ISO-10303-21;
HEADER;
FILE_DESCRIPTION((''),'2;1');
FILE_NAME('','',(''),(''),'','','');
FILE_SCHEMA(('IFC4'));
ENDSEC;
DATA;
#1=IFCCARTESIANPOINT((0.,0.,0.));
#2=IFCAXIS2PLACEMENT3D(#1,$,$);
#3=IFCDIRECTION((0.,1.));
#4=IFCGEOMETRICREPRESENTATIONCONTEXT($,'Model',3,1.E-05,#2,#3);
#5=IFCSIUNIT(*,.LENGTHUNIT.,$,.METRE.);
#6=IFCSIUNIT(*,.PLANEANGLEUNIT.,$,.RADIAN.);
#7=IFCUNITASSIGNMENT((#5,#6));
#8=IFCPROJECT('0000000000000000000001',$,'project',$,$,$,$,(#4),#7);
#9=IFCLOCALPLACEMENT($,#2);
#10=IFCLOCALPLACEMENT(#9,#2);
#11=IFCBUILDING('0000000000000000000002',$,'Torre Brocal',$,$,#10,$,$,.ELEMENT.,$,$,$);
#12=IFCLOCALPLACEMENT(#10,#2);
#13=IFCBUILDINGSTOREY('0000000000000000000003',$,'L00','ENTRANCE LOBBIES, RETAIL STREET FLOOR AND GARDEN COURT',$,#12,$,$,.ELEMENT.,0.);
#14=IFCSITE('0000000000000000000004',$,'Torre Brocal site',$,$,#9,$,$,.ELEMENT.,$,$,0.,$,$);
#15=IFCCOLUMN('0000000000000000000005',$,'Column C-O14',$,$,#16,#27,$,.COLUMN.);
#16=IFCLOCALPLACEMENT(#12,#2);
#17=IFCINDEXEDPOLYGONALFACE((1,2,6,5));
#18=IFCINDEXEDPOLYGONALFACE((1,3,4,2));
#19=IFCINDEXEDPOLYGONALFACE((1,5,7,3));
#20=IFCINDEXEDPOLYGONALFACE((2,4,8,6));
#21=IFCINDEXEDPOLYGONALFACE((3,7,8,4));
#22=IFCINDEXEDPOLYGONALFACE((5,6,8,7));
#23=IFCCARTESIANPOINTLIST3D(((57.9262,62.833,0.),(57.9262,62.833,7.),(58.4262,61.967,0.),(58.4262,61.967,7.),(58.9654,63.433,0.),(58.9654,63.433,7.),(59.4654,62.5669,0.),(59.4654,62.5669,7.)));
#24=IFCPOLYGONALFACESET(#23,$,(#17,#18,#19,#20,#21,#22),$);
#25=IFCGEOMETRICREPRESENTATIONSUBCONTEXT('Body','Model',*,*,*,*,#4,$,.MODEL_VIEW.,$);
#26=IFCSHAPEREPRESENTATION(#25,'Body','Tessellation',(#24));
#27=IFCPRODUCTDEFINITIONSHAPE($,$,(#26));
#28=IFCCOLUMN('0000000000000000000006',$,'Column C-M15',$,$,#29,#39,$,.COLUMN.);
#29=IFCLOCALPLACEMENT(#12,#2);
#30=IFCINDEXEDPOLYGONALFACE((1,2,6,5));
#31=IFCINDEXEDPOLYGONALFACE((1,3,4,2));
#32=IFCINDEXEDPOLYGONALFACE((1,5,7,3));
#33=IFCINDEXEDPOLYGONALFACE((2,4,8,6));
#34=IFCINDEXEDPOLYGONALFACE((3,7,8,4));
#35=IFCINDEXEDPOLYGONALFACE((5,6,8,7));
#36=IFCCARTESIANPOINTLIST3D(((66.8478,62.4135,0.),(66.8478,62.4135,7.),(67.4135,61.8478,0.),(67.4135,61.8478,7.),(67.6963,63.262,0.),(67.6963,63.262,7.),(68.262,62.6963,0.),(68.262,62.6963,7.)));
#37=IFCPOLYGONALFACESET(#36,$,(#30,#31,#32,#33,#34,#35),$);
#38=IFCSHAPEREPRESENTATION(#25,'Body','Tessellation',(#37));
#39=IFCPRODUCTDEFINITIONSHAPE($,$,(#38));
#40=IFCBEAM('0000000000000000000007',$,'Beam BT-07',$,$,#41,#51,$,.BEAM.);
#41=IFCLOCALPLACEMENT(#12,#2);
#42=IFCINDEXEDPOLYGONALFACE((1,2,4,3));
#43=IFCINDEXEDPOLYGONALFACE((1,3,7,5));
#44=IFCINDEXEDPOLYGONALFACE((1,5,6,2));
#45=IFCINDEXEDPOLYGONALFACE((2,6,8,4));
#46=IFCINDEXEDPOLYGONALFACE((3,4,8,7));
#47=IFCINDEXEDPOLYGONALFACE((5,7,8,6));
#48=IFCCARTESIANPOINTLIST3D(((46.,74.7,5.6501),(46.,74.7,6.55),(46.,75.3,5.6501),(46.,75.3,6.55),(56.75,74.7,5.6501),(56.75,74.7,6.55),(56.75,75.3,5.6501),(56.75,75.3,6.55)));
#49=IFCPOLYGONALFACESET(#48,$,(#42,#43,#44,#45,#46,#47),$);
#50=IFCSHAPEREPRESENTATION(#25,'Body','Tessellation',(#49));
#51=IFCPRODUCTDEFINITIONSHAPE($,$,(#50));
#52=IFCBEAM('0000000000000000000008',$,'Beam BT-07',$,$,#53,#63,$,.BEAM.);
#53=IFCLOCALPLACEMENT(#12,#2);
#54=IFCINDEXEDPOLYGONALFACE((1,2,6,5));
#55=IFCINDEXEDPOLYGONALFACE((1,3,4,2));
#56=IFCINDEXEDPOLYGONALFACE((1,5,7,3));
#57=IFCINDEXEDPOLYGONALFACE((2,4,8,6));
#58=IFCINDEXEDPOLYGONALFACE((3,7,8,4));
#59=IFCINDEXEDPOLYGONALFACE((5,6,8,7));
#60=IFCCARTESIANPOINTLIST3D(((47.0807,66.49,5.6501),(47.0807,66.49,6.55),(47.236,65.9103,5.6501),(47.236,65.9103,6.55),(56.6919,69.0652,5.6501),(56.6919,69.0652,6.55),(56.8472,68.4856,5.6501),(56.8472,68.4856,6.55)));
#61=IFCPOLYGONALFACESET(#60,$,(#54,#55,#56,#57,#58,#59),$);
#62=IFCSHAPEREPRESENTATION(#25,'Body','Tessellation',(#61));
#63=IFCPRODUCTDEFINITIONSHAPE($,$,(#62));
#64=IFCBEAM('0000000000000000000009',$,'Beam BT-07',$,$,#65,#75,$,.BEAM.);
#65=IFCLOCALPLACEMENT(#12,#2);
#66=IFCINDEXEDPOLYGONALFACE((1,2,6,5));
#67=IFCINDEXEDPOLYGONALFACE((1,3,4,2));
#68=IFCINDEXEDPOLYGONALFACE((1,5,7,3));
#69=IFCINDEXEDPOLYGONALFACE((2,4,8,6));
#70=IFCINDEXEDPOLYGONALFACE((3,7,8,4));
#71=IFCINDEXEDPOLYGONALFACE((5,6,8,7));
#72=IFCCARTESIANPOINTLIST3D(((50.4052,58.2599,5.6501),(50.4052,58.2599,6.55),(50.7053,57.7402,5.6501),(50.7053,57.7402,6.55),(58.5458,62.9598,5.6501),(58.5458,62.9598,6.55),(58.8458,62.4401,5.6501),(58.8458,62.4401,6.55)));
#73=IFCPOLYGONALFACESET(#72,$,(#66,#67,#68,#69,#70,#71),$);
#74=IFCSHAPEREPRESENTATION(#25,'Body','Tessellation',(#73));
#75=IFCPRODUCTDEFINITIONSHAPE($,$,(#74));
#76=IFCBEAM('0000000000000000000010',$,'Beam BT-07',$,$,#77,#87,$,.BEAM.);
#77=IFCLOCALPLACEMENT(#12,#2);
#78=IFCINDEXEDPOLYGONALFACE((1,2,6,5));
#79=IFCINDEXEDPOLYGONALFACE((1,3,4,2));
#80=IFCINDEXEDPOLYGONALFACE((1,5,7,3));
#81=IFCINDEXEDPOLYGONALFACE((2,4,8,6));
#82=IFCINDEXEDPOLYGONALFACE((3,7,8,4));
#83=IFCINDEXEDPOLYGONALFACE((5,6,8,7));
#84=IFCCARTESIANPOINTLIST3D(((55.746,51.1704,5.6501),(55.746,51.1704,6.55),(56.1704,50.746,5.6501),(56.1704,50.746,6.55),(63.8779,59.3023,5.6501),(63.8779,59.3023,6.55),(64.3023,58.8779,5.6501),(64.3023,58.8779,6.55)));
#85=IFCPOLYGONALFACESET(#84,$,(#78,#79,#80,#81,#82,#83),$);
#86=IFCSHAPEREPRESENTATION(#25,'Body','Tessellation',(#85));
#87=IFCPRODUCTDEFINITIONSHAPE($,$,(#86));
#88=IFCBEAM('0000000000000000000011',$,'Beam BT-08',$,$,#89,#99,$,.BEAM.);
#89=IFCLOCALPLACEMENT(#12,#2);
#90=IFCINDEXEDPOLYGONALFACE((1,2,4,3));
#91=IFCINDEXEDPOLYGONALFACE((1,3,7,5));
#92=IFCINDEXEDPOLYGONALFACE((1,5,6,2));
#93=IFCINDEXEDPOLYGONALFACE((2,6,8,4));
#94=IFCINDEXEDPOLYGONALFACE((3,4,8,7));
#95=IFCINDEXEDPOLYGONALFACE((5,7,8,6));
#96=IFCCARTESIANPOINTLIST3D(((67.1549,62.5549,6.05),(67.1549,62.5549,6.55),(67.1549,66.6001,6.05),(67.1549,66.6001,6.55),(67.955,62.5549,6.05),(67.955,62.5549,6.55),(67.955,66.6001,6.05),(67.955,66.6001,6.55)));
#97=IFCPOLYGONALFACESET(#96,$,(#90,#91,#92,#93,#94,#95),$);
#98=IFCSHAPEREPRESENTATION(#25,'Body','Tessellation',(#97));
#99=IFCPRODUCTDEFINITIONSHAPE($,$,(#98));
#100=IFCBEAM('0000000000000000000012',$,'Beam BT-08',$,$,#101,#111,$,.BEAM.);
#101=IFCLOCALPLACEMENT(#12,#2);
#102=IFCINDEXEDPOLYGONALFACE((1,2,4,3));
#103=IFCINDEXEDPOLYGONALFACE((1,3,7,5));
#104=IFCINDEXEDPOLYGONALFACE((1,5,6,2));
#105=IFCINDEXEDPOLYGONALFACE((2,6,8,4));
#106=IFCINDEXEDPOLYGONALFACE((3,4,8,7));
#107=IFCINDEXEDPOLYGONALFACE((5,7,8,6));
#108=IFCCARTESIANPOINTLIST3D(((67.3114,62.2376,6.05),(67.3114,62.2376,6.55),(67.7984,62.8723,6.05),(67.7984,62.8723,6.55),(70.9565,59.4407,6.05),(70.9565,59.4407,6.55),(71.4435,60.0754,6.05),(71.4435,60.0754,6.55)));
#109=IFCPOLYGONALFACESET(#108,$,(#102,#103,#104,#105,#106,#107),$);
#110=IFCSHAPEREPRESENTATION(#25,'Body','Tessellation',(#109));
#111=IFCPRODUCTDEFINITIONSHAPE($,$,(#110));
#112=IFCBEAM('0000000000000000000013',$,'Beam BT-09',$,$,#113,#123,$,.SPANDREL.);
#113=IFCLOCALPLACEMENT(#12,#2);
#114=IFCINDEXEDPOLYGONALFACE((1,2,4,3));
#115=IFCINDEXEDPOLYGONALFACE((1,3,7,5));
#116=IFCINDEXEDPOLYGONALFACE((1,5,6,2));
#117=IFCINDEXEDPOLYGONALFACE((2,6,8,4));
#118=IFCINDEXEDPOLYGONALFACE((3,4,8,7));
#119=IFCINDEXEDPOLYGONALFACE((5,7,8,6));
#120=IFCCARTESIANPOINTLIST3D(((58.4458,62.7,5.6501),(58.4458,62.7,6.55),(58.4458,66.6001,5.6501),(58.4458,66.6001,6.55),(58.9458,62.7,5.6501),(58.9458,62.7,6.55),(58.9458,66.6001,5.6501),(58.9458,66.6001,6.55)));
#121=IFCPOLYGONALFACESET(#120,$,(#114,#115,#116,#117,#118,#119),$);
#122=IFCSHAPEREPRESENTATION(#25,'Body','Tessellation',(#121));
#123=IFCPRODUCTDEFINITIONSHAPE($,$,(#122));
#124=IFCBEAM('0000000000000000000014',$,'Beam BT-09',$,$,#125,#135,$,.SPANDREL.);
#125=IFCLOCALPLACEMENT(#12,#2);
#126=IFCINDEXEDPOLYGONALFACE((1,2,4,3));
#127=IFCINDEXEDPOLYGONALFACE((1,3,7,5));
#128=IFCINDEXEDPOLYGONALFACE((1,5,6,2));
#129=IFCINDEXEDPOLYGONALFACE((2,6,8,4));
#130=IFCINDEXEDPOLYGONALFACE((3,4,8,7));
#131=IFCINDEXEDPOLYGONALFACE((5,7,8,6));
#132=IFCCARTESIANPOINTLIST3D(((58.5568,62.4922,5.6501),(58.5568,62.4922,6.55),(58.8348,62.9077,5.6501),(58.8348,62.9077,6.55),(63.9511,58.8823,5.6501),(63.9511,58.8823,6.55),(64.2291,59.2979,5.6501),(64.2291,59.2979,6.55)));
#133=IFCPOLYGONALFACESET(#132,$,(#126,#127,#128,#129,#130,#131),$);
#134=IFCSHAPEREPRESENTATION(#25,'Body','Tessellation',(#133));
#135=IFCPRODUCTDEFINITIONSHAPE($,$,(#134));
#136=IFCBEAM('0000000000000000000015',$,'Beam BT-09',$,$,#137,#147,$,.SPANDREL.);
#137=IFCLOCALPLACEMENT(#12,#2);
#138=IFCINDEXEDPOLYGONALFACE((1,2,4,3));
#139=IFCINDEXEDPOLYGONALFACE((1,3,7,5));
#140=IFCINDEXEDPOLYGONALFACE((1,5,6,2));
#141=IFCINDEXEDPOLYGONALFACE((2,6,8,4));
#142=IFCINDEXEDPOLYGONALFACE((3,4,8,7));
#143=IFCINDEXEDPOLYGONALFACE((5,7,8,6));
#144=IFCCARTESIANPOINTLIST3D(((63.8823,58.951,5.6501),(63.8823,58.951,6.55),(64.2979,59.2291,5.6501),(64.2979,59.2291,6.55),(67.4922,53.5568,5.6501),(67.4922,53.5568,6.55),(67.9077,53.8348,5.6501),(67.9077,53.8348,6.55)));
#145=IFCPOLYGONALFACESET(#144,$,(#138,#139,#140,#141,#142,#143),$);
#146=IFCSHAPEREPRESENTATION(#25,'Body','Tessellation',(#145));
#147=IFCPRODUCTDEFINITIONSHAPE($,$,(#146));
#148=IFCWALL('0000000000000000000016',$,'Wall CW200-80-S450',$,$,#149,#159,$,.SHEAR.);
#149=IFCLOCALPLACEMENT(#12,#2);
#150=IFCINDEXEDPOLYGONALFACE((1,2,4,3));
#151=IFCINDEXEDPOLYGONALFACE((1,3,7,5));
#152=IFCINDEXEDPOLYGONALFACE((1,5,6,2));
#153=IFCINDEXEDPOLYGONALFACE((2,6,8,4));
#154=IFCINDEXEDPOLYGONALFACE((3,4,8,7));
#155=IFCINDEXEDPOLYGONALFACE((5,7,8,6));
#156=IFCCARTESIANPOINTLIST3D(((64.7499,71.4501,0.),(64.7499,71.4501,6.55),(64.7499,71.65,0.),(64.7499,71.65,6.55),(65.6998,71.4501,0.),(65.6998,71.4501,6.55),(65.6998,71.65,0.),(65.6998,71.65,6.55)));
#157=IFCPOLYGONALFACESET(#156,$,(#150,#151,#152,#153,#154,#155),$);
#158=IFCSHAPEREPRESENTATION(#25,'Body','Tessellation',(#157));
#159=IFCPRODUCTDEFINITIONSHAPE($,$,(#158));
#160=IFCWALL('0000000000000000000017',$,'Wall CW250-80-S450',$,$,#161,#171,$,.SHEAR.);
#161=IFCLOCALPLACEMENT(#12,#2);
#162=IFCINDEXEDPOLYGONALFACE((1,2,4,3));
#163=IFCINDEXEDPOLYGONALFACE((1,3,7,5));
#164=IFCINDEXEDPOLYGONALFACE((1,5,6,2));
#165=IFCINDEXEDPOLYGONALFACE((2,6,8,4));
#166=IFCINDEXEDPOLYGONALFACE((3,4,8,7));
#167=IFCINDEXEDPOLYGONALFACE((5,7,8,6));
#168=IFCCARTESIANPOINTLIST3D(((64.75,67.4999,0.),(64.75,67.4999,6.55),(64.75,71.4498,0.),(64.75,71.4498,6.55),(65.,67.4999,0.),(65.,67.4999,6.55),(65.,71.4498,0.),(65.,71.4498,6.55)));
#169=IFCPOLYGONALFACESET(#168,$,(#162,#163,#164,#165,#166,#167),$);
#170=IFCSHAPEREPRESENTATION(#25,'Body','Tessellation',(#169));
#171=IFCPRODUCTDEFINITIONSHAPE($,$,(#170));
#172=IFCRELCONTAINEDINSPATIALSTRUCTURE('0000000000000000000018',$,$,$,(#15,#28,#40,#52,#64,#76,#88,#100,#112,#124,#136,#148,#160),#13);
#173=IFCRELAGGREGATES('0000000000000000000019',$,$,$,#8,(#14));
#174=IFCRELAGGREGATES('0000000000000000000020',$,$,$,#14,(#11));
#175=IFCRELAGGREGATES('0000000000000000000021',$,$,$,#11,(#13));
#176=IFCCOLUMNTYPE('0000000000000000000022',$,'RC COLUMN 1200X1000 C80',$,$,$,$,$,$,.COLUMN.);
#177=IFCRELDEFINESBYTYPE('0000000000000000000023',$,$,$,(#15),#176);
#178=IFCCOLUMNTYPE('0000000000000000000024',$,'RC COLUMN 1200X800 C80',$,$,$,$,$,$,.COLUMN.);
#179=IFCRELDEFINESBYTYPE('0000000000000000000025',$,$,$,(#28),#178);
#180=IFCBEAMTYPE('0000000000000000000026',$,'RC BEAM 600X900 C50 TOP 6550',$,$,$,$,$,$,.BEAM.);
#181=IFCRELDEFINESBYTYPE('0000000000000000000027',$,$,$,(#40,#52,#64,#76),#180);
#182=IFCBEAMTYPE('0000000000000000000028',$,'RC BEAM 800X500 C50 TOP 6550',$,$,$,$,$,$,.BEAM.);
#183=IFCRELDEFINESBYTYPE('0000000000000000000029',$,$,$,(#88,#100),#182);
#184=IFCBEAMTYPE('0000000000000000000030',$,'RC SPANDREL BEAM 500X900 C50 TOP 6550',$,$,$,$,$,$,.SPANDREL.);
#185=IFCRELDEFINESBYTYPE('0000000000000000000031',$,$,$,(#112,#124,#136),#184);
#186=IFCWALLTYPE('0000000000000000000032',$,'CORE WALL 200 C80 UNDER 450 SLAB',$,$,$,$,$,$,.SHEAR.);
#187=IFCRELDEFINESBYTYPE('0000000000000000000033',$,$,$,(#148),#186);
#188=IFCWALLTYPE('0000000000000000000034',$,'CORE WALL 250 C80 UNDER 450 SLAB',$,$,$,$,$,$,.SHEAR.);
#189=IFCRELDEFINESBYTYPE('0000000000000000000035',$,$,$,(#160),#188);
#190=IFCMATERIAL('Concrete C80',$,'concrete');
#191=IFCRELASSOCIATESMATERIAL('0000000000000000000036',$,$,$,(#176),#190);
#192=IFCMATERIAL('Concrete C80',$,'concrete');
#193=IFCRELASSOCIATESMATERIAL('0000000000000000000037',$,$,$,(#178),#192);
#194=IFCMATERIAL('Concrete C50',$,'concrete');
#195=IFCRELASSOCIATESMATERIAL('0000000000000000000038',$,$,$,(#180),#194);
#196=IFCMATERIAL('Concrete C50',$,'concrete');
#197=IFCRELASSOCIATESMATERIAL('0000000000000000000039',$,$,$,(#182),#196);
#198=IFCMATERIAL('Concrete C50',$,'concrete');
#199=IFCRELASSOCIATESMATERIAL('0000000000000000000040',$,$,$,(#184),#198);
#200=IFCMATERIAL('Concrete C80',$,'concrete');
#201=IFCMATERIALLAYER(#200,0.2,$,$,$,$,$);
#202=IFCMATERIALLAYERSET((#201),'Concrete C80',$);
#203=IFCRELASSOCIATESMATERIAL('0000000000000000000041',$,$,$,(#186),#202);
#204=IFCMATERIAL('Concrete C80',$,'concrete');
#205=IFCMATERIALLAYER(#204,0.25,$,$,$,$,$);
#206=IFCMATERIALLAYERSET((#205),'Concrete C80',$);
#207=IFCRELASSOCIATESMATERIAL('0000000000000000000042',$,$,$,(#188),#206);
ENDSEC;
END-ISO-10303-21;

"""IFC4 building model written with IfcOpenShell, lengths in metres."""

from ifc_helpers import new_model, si_unit, direction, frame, frame_2d, origin, origin_2d, place, context, subcontext, project, spatial, rectangle, extrude, material, layer, layer_set, material_profile, profile_set, type_object, element, save


model = new_model("IFC4")

# Units and contexts
model_context = context("Model", 3, precision=1e-05, world=origin(), true_north=direction((0.0, 1.0)))
body_context = subcontext(model_context, "Body", "Model", "MODEL_VIEW")
ifc_project = project(units=[si_unit("LENGTHUNIT", "METRE"), si_unit("PLANEANGLEUNIT", "RADIAN")], contexts=[model_context])

# Site, building, storey
site_placement = place(None, origin())
site = spatial("IfcSite", under=ifc_project, at=site_placement, Name="Torre Brocal site", CompositionType="ELEMENT", RefElevation=0.0)
building_placement = place(site_placement, origin())
building = spatial("IfcBuilding", under=site, at=building_placement, Name="Torre Brocal", CompositionType="ELEMENT")
storey_placement = place(building_placement, origin())
storey = spatial("IfcBuildingStorey", under=building, at=storey_placement, Name="L00", Description="ENTRANCE LOBBIES, RETAIL STREET FLOOR AND GARDEN COURT", CompositionType="ELEMENT", Elevation=0.0)

# Columns
ifc_material_1 = material(Name="Concrete C80", Category="concrete")
ifc_material_profile_1 = material_profile(ifc_material_1, rectangle(XDim=1.2, YDim=1.0, at=origin_2d()), Name="RC 1200X1000")
ifc_profile_set_1 = profile_set([ifc_material_profile_1], Name="Concrete C80")
column_type_1 = type_object("IfcColumnType", Name="RC COLUMN 1200X1000 C80", PredefinedType="COLUMN", material=ifc_profile_set_1)
column_1_placement = place(storey_placement, frame((58.6958, 62.7, 0.0), z_axis=(0.0, 0.0, 1.0), x_axis=(-0.866025, -0.5, 0.0)))
element("IfcColumn", 1, at=column_1_placement, inside=storey, type_object=column_type_1, Name="Column C-O14", PredefinedType="COLUMN", context=body_context, shape_type="SweptSolid", body=[
    extrude(rectangle(XDim=1.2, YDim=1.0, at=origin_2d()), origin(), (0.0, 0.0, 1.0), 7.0),
])
ifc_material_2 = material(Name="Concrete C80", Category="concrete")
ifc_material_profile_2 = material_profile(ifc_material_2, rectangle(XDim=1.2, YDim=0.8, at=origin_2d()), Name="RC 1200X800")
ifc_profile_set_2 = profile_set([ifc_material_profile_2], Name="Concrete C80")
column_type_2 = type_object("IfcColumnType", Name="RC COLUMN 1200X800 C80", PredefinedType="COLUMN", material=ifc_profile_set_2)
column_2_placement = place(storey_placement, frame((67.5549, 62.5549, 0.0), z_axis=(0.0, 0.0, 1.0), x_axis=(-0.707107, -0.707107, 0.0)))
element("IfcColumn", 2, at=column_2_placement, inside=storey, type_object=column_type_2, Name="Column C-M15", PredefinedType="COLUMN", context=body_context, shape_type="SweptSolid", body=[
    extrude(rectangle(XDim=1.2, YDim=0.8, at=origin_2d()), origin(), (0.0, 0.0, 1.0), 7.0),
])

# Beams
ifc_material_3 = material(Name="Concrete C50", Category="concrete")
ifc_material_profile_3 = material_profile(ifc_material_3, rectangle(XDim=0.6001, YDim=0.8999, at=origin_2d()), Name="RC 600X900")
ifc_profile_set_3 = profile_set([ifc_material_profile_3], Name="Concrete C50")
beam_type_1 = type_object("IfcBeamType", Name="RC BEAM 600X900 C50 TOP 6550", PredefinedType="BEAM", material=ifc_profile_set_3)
beam_1_placement = place(storey_placement, frame((56.75, 75.0, 6.1001), z_axis=(-1.0, 0.0, 0.0), x_axis=(0.0, -1.0, 0.0)))
element("IfcBeam", 3, at=beam_1_placement, inside=storey, type_object=beam_type_1, Name="Beam BT-07", PredefinedType="BEAM", context=body_context, shape_type="SweptSolid", body=[
    extrude(rectangle(XDim=0.6001, YDim=0.8999, at=origin_2d()), origin(), (0.0, 0.0, 1.0), 10.75),
])
beam_2_placement = place(storey_placement, frame((56.7695, 68.7754, 6.1001), z_axis=(-0.965928, -0.258811, 0.0), x_axis=(0.258811, -0.965928, 0.0)))
element("IfcBeam", 4, at=beam_2_placement, inside=storey, type_object=beam_type_1, Name="Beam BT-07", PredefinedType="BEAM", context=body_context, shape_type="SweptSolid", body=[
    extrude(rectangle(XDim=0.6001, YDim=0.8999, at=origin_2d()), origin(), (0.0, 0.0, 1.0), 9.9502),
])
beam_3_placement = place(storey_placement, frame((58.6958, 62.7, 6.1001), z_axis=(-0.866027, -0.499997, 0.0), x_axis=(0.499997, -0.866027, 0.0)))
element("IfcBeam", 5, at=beam_3_placement, inside=storey, type_object=beam_type_1, Name="Beam BT-07", PredefinedType="BEAM", context=body_context, shape_type="SweptSolid", body=[
    extrude(rectangle(XDim=0.6001, YDim=0.8999, at=origin_2d()), origin(), (0.0, 0.0, 1.0), 9.3999),
])
beam_4_placement = place(storey_placement, frame((64.0901, 59.0901, 6.1001), z_axis=(-0.707107, -0.707107, 0.0), x_axis=(0.707107, -0.707107, 0.0)))
element("IfcBeam", 6, at=beam_4_placement, inside=storey, type_object=beam_type_1, Name="Beam BT-07", PredefinedType="BEAM", context=body_context, shape_type="SweptSolid", body=[
    extrude(rectangle(XDim=0.6001, YDim=0.8999, at=origin_2d()), origin(), (0.0, 0.0, 1.0), 11.5002),
])
ifc_material_4 = material(Name="Concrete C50", Category="concrete")
ifc_material_profile_4 = material_profile(ifc_material_4, rectangle(XDim=0.8, YDim=0.5, at=origin_2d()), Name="RC 800X500")
ifc_profile_set_4 = profile_set([ifc_material_profile_4], Name="Concrete C50")
beam_type_2 = type_object("IfcBeamType", Name="RC BEAM 800X500 C50 TOP 6550", PredefinedType="BEAM", material=ifc_profile_set_4)
beam_5_placement = place(storey_placement, frame((67.5549, 62.5549, 6.3), z_axis=(0.0, 1.0, 0.0), x_axis=(-1.0, 0.0, 0.0)))
element("IfcBeam", 7, at=beam_5_placement, inside=storey, type_object=beam_type_2, Name="Beam BT-08", PredefinedType="BEAM", context=body_context, shape_type="SweptSolid", body=[
    extrude(rectangle(XDim=0.8, YDim=0.5, at=origin_2d()), origin(), (0.0, 0.0, 1.0), 4.0452),
])
beam_6_placement = place(storey_placement, frame((67.5549, 62.5549, 6.3), z_axis=(0.793358, -0.608755, 0.0), x_axis=(0.608755, 0.793358, 0.0)))
element("IfcBeam", 8, at=beam_6_placement, inside=storey, type_object=beam_type_2, Name="Beam BT-08", PredefinedType="BEAM", context=body_context, shape_type="SweptSolid", body=[
    extrude(rectangle(XDim=0.8, YDim=0.5, at=origin_2d()), origin(), (0.0, 0.0, 1.0), 4.5945),
])
ifc_material_5 = material(Name="Concrete C50", Category="concrete")
ifc_material_profile_5 = material_profile(ifc_material_5, rectangle(XDim=0.5, YDim=0.8999, at=origin_2d()), Name="RC 500X900")
ifc_profile_set_5 = profile_set([ifc_material_profile_5], Name="Concrete C50")
beam_type_3 = type_object("IfcBeamType", Name="RC SPANDREL BEAM 500X900 C50 TOP 6550", PredefinedType="SPANDREL", material=ifc_profile_set_5)
beam_7_placement = place(storey_placement, frame((58.6958, 62.7, 6.1001), z_axis=(0.0, 1.0, 0.0), x_axis=(-1.0, 0.0, 0.0)))
element("IfcBeam", 9, at=beam_7_placement, inside=storey, type_object=beam_type_3, Name="Beam BT-09", PredefinedType="SPANDREL", context=body_context, shape_type="SweptSolid", body=[
    extrude(rectangle(XDim=0.5, YDim=0.8999, at=origin_2d()), origin(), (0.0, 0.0, 1.0), 3.9001),
])
for number, where, z_axis, x_axis, name in (
    (10, (58.6958, 62.7, 6.1001), (0.831077, -0.556158, 0.0), (0.556158, 0.831077, 0.0), "Beam BT-09"),
    (11, (64.0901, 59.0901, 6.1001), (0.556158, -0.831077, 0.0), (0.831077, 0.556158, 0.0), "Beam BT-09"),
):
    element("IfcBeam", number, at=place(storey_placement, frame(where, z_axis=z_axis, x_axis=x_axis)), inside=storey, type_object=beam_type_3, Name=name, PredefinedType="SPANDREL", context=body_context, shape_type="SweptSolid", body=[
        extrude(rectangle(XDim=0.5, YDim=0.8999, at=origin_2d()), origin(), (0.0, 0.0, 1.0), 6.4907),
    ])

# Walls
ifc_material_6 = material(Name="Concrete C80", Category="concrete")
ifc_layer_1 = layer(ifc_material_6, 0.2)
ifc_layer_set_1 = layer_set([ifc_layer_1], Name="Concrete C80")
wall_type_1 = type_object("IfcWallType", Name="CORE WALL 200 C80 UNDER 450 SLAB", PredefinedType="SHEAR", material=ifc_layer_set_1)
wall_1_placement = place(storey_placement, frame((65.7, 71.55, 0.0), z_axis=(0.0, 0.0, 1.0), x_axis=(-1.0, 0.0, 0.0)))
element("IfcWall", 12, at=wall_1_placement, inside=storey, type_object=wall_type_1, Name="Wall CW200-80-S450", PredefinedType="SHEAR", context=body_context, shape_type="SweptSolid", body=[
    extrude(rectangle(XDim=0.95, YDim=0.2, at=frame_2d((0.4751, 0.0))), origin(), (0.0, 0.0, 1.0), 6.55),
])
ifc_material_7 = material(Name="Concrete C80", Category="concrete")
ifc_layer_2 = layer(ifc_material_7, 0.25)
ifc_layer_set_2 = layer_set([ifc_layer_2], Name="Concrete C80")
wall_type_2 = type_object("IfcWallType", Name="CORE WALL 250 C80 UNDER 450 SLAB", PredefinedType="SHEAR", material=ifc_layer_set_2)
wall_2_placement = place(storey_placement, frame((64.875, 71.45, 0.0), z_axis=(0.0, 0.0, 1.0), x_axis=(0.0, -1.0, 0.0)))
element("IfcWall", 13, at=wall_2_placement, inside=storey, type_object=wall_type_2, Name="Wall CW250-80-S450", PredefinedType="SHEAR", context=body_context, shape_type="SweptSolid", body=[
    extrude(rectangle(XDim=3.95, YDim=0.25, at=frame_2d((1.9751, 0.0))), origin(), (0.0, 0.0, 1.0), 6.55),
])

save(model, "model.ifc")
